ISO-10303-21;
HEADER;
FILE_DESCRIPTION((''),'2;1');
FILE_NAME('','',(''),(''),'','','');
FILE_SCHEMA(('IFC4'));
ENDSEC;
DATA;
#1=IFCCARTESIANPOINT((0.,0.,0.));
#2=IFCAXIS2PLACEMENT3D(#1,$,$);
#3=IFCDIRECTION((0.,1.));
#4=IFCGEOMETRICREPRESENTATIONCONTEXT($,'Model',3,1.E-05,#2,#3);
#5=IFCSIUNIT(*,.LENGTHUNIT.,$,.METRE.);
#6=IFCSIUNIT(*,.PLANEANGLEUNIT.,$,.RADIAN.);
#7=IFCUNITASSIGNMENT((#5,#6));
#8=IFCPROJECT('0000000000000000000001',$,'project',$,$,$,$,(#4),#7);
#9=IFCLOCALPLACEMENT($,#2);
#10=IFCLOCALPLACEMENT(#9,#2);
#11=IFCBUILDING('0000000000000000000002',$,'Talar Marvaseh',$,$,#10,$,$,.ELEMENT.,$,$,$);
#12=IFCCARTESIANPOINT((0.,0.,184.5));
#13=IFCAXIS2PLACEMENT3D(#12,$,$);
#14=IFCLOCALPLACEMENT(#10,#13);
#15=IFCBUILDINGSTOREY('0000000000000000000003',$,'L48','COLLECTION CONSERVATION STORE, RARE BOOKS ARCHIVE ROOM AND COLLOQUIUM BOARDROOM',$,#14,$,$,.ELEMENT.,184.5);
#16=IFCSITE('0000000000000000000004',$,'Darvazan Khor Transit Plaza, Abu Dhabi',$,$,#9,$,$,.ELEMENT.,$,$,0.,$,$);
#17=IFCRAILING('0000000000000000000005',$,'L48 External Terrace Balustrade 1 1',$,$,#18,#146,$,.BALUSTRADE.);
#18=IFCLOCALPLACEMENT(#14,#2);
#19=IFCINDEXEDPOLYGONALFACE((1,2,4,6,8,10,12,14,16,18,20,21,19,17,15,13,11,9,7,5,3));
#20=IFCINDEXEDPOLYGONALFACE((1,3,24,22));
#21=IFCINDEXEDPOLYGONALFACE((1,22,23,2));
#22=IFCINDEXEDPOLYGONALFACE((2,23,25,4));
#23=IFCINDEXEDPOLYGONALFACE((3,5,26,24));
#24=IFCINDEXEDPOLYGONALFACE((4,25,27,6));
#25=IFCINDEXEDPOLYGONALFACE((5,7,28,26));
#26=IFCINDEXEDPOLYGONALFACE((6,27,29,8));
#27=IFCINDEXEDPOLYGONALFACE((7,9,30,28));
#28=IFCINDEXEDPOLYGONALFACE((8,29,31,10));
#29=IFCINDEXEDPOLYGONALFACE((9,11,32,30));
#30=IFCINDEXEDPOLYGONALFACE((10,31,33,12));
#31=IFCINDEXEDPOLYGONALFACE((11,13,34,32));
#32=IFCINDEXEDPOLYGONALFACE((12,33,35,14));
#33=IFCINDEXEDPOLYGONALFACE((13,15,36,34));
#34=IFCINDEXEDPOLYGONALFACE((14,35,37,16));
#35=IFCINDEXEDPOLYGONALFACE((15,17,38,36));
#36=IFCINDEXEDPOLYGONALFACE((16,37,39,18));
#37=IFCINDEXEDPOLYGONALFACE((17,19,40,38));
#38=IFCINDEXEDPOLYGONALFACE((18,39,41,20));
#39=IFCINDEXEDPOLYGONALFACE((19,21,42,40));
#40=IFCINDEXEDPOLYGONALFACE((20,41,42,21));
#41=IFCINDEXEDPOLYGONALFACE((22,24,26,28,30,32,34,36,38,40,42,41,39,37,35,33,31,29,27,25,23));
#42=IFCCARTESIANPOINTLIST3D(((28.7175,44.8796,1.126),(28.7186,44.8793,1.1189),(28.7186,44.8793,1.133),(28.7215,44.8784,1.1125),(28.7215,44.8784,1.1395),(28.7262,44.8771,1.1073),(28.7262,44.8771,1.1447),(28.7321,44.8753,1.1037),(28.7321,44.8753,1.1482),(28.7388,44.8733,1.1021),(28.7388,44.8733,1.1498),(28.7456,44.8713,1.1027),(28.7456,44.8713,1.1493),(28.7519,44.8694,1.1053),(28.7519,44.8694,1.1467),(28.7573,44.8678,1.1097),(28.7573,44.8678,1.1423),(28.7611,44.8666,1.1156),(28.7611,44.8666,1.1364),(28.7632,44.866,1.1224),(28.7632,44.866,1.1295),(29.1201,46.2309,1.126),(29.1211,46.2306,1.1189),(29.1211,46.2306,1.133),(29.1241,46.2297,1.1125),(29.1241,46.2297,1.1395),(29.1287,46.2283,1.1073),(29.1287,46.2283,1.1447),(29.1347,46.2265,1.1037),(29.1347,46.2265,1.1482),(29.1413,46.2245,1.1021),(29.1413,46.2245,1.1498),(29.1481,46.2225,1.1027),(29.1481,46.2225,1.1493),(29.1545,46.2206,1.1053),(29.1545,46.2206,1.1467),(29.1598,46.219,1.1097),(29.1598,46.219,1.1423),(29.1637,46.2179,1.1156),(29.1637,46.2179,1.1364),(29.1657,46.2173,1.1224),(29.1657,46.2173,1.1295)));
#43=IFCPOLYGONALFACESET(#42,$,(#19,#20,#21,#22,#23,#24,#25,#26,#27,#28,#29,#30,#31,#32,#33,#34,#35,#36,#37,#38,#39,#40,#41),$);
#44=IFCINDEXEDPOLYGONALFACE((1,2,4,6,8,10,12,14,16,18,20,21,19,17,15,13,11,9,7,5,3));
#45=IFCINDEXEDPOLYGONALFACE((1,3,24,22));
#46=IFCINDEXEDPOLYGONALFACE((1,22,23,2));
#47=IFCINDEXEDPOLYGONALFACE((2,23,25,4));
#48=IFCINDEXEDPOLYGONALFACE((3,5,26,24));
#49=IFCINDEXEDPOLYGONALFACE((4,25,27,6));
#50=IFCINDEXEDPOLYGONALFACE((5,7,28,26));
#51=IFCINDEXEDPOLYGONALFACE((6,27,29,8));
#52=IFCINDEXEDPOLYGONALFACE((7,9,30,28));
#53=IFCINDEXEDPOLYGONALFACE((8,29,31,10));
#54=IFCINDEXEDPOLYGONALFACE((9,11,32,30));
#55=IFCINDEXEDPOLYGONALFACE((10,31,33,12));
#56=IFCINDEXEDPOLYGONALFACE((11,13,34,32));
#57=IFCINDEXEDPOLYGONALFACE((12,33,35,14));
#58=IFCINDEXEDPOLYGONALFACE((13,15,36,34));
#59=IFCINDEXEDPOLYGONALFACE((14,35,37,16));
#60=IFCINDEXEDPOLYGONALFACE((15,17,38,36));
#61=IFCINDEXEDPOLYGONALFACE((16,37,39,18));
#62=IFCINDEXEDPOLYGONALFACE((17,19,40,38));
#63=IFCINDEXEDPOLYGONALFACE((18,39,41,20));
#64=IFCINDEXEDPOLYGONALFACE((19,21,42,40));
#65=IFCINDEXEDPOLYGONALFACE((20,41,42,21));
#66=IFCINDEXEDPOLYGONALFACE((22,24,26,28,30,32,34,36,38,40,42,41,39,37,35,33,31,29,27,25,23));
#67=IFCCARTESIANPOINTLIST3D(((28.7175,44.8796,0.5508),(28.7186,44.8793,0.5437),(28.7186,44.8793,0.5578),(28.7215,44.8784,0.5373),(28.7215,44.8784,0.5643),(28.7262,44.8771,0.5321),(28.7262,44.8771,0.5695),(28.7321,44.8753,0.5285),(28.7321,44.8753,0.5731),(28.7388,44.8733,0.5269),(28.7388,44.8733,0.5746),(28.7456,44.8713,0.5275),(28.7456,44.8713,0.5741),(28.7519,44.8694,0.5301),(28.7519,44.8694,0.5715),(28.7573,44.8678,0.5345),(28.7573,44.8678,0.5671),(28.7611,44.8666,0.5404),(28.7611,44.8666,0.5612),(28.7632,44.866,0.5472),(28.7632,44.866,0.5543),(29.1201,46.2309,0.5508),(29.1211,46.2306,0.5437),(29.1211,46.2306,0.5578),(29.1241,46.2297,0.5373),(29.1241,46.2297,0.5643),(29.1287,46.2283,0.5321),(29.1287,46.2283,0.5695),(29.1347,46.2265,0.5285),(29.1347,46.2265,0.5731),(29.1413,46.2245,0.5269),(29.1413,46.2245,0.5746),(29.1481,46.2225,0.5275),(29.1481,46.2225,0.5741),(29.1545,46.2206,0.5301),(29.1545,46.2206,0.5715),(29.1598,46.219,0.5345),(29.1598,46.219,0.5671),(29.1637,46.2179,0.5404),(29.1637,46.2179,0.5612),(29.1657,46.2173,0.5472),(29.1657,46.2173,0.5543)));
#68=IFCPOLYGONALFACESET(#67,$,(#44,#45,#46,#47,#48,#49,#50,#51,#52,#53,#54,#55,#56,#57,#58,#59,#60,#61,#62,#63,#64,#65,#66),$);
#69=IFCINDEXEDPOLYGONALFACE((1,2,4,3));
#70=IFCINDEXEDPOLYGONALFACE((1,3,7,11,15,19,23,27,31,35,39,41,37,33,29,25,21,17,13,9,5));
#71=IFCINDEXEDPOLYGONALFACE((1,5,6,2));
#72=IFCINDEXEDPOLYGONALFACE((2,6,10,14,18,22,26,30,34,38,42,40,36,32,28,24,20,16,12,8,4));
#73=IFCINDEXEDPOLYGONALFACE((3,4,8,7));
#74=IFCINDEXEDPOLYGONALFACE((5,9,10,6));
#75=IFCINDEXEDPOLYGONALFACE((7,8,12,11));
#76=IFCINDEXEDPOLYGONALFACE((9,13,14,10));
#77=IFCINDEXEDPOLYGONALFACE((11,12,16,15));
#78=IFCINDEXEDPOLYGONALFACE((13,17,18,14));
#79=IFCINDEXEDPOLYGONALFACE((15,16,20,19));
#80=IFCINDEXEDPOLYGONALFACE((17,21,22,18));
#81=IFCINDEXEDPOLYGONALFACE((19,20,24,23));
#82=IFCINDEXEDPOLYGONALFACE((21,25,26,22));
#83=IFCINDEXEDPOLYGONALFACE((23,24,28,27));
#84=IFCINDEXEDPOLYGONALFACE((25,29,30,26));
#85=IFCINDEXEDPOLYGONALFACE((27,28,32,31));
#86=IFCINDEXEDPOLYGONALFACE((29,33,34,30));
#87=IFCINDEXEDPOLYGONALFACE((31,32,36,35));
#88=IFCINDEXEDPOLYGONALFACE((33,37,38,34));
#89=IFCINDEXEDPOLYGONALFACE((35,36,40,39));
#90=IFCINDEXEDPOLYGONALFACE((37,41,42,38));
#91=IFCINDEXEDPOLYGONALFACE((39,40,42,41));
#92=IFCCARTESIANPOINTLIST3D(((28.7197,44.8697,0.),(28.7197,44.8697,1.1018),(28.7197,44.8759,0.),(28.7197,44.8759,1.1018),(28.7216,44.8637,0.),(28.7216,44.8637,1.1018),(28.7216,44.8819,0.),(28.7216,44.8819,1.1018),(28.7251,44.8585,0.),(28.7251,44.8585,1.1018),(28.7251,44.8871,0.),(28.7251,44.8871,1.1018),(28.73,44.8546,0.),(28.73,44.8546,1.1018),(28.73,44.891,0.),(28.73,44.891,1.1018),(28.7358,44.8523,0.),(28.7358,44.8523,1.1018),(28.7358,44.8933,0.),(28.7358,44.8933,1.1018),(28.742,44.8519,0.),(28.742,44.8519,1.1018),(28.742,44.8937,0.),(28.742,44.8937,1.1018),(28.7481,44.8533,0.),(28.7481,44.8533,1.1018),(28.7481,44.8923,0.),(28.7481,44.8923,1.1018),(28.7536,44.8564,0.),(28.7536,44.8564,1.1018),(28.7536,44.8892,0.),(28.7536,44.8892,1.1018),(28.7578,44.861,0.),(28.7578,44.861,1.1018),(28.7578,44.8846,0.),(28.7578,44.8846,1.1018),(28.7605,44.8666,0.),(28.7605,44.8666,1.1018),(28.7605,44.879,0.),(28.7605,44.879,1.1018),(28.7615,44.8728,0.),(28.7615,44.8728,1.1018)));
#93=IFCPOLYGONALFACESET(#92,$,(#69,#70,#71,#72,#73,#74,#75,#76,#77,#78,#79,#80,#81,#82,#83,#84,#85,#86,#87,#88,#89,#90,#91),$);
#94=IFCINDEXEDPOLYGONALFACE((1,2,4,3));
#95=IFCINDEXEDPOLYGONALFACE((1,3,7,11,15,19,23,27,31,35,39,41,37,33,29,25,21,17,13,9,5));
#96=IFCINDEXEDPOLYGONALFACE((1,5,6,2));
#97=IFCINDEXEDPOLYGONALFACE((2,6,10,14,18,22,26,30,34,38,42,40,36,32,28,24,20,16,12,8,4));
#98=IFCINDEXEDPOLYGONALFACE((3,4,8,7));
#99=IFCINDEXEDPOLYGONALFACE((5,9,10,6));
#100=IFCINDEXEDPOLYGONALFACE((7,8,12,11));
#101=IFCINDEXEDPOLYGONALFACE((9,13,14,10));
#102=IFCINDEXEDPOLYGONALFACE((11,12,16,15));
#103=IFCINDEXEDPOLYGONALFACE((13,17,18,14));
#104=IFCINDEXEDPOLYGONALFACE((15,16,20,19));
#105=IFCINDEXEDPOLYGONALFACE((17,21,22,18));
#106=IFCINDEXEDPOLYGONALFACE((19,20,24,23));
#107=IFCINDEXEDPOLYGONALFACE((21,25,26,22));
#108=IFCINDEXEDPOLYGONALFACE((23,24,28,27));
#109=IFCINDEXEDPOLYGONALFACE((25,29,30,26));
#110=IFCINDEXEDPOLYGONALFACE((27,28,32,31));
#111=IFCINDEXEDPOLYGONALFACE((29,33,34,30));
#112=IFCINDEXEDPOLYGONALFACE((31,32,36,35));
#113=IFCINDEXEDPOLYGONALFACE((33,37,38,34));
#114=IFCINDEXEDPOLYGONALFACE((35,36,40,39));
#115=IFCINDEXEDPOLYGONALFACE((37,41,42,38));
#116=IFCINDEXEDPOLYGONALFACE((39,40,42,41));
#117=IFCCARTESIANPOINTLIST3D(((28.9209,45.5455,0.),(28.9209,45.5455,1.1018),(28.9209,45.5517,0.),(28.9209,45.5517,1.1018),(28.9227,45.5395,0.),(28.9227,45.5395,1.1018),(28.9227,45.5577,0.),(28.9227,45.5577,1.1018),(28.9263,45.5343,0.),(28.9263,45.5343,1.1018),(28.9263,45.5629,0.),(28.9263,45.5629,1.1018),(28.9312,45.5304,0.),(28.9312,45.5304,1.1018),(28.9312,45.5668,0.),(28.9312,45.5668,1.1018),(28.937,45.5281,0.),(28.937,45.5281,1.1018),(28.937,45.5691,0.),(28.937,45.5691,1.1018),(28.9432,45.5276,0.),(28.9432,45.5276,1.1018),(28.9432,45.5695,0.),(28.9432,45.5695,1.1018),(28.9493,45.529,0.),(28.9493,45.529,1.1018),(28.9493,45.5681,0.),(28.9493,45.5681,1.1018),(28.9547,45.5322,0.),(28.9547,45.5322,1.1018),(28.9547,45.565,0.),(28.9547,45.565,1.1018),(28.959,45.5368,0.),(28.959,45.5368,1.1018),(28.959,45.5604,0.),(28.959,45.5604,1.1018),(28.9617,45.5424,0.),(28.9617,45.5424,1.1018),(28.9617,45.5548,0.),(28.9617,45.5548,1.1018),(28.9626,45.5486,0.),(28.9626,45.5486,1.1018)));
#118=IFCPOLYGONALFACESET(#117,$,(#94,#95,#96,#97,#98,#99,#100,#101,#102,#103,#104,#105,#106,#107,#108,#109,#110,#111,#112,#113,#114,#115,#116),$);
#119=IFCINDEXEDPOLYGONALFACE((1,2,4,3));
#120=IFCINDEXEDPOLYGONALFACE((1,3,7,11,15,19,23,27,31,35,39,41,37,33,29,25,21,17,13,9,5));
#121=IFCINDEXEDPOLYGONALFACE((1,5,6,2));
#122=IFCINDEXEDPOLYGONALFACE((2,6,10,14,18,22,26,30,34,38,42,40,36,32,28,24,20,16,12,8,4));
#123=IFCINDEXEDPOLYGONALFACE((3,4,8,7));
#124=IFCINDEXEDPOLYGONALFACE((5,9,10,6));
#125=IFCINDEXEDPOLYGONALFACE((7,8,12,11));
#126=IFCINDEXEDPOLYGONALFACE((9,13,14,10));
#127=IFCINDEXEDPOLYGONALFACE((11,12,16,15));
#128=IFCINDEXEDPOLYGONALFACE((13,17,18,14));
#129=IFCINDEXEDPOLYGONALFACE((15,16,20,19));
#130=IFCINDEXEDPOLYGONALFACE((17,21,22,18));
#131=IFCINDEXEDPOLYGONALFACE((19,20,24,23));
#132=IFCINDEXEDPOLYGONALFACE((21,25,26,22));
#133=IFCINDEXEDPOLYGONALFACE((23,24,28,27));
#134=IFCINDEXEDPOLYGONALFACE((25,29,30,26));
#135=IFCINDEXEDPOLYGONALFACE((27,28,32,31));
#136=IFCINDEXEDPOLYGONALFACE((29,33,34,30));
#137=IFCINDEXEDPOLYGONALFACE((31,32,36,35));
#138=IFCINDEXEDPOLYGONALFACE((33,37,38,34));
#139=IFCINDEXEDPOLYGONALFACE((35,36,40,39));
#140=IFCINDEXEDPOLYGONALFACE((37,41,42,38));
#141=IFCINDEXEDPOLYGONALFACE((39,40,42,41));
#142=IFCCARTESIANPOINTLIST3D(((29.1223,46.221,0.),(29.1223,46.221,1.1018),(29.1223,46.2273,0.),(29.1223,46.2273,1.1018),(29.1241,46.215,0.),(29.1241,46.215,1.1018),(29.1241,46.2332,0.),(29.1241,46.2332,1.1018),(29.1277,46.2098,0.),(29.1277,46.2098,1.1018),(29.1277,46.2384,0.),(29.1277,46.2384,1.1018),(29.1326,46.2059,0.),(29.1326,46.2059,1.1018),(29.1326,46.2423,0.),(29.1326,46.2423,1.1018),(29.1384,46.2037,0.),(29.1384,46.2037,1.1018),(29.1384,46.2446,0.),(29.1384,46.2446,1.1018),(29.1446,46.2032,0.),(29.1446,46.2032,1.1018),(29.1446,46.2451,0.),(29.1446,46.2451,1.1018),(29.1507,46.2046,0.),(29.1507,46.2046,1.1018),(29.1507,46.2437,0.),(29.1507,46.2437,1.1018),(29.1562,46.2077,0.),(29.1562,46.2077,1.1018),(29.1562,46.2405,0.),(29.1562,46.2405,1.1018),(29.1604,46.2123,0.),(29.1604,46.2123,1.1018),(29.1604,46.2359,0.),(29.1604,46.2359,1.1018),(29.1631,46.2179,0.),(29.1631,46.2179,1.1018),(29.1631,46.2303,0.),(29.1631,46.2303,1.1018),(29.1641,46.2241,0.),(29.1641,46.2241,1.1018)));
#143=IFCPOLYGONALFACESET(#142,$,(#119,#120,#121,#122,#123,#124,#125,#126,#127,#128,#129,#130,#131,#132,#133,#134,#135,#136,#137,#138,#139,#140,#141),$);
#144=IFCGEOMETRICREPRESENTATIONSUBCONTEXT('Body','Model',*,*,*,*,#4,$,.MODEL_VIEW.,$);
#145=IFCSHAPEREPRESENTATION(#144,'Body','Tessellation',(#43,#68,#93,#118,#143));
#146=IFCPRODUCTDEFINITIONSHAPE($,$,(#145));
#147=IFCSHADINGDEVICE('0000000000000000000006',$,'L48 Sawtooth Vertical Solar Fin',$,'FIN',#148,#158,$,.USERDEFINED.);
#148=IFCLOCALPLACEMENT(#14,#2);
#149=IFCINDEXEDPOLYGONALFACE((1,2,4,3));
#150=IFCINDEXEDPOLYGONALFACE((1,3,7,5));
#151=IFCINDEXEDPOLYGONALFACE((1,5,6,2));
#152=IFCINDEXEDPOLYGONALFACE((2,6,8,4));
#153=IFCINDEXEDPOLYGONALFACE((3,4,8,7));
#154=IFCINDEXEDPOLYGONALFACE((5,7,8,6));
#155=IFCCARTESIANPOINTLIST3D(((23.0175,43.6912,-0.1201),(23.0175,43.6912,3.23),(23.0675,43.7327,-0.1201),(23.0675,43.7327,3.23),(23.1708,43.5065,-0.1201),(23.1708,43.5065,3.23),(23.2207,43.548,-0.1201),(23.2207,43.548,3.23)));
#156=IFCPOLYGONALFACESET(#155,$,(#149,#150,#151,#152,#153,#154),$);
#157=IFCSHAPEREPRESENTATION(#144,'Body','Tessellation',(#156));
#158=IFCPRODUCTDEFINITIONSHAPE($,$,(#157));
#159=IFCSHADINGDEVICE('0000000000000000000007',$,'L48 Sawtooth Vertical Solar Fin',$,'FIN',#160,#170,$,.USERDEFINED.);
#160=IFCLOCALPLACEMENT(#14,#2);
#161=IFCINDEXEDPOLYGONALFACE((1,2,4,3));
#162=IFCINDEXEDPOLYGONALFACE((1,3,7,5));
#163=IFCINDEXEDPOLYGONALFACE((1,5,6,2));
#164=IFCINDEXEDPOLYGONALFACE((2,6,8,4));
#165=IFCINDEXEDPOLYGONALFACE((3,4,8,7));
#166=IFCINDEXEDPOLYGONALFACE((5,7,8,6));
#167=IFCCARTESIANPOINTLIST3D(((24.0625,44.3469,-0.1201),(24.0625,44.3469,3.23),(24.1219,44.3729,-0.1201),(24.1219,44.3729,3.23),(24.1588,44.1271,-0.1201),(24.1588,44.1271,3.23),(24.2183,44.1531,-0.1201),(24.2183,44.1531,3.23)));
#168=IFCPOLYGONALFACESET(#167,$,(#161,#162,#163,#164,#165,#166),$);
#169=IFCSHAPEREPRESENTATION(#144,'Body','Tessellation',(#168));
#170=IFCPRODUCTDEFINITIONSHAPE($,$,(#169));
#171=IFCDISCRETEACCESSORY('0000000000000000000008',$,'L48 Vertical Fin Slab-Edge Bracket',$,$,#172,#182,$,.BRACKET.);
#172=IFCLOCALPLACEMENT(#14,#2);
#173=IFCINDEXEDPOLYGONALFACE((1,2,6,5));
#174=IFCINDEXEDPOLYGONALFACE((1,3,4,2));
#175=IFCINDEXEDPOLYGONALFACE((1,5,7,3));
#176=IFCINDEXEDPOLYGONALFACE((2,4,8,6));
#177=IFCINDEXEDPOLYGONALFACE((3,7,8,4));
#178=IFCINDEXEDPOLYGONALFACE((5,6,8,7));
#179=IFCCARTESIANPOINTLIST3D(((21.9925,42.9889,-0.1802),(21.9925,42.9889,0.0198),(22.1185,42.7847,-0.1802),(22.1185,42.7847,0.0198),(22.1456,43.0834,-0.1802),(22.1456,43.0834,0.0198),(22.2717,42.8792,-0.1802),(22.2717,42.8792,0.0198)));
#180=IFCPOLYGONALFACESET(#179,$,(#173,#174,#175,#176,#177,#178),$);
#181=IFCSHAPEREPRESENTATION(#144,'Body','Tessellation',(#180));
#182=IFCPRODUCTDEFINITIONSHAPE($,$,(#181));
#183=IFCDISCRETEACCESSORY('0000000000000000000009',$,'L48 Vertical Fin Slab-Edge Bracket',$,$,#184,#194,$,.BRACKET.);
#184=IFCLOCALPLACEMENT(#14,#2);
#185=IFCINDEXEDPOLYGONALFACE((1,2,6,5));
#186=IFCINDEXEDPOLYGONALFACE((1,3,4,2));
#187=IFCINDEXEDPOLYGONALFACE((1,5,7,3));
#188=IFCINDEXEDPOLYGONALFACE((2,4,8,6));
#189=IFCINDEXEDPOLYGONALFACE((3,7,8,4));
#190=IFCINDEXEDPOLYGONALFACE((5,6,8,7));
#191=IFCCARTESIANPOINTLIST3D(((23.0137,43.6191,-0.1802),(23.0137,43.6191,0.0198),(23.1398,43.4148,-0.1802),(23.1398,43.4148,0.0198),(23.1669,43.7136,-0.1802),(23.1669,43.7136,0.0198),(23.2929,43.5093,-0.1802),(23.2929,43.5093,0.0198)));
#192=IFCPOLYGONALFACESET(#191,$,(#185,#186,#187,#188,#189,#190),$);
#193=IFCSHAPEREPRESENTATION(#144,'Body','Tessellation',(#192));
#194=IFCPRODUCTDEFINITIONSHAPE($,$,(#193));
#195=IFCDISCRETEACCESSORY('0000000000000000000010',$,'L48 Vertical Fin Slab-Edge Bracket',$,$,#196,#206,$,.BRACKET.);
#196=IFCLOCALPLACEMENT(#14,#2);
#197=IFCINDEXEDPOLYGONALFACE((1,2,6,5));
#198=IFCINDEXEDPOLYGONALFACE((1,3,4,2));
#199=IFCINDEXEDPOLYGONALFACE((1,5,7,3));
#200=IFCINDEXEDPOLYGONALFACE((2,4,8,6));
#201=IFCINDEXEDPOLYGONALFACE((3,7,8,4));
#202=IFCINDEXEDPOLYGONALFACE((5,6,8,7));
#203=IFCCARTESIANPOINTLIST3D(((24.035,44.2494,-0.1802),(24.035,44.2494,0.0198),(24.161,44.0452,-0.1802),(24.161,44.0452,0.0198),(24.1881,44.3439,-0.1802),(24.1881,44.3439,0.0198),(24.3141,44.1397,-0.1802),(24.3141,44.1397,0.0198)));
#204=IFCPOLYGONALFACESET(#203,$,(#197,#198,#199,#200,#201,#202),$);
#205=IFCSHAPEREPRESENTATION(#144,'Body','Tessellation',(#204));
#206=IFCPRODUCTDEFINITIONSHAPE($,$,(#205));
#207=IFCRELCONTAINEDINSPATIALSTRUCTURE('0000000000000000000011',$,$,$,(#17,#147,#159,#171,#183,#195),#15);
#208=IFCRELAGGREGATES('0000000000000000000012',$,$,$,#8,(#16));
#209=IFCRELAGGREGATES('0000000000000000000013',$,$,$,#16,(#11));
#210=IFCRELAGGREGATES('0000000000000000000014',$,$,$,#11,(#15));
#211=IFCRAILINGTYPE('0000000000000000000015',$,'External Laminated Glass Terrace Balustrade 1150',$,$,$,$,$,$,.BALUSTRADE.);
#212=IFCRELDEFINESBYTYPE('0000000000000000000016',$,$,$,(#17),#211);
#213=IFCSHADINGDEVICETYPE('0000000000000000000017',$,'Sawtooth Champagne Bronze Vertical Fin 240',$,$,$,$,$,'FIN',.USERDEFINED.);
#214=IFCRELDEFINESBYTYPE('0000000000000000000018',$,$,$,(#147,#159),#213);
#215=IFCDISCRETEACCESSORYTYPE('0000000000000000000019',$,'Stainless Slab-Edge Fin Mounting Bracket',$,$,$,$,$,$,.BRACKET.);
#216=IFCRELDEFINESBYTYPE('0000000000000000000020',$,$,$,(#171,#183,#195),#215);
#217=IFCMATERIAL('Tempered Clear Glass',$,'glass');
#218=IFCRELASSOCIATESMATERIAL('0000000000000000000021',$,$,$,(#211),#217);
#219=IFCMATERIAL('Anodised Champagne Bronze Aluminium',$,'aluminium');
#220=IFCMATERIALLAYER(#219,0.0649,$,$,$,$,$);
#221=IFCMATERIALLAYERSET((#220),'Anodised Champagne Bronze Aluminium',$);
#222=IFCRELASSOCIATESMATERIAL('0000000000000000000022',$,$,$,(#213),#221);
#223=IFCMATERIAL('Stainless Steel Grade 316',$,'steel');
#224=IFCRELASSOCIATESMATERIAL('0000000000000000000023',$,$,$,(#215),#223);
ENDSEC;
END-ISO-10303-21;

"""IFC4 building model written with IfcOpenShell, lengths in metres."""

from ifc_helpers import new_model, si_unit, direction, frame, origin, origin_2d, place, context, subcontext, project, spatial, rectangle, circle, extrude, source, transform, mapped, material, layer, layer_set, type_object, type_shapes, element, save


model = new_model("IFC4")

# Units and contexts
model_context = context("Model", 3, precision=1e-05, world=origin(), true_north=direction((0.0, 1.0)))
body_context = subcontext(model_context, "Body", "Model", "MODEL_VIEW")
ifc_project = project(units=[si_unit("LENGTHUNIT", "METRE"), si_unit("PLANEANGLEUNIT", "RADIAN")], contexts=[model_context])

# Site, building, storey
site_placement = place(None, origin())
site = spatial("IfcSite", under=ifc_project, at=site_placement, Name="Darvazan Khor Transit Plaza, Abu Dhabi", CompositionType="ELEMENT", RefElevation=0.0)
building_placement = place(site_placement, origin())
building = spatial("IfcBuilding", under=site, at=building_placement, Name="Talar Marvaseh", CompositionType="ELEMENT")
storey_placement = place(building_placement, frame((0.0, 0.0, 184.5)))
storey = spatial("IfcBuildingStorey", under=building, at=storey_placement, Name="L48", Description="COLLECTION CONSERVATION STORE, RARE BOOKS ARCHIVE ROOM AND COLLOQUIUM BOARDROOM", CompositionType="ELEMENT", Elevation=184.5)

# Railing
ifc_material_1 = material(Name="Tempered Clear Glass", Category="glass")
railing_type = type_object("IfcRailingType", Name="External Laminated Glass Terrace Balustrade 1150", PredefinedType="BALUSTRADE", material=ifc_material_1)
railing_1_placement = place(storey_placement, frame((28.7405, 44.8728, 0.0)))
element("IfcRailing", 1, at=railing_1_placement, inside=storey, type_object=railing_type, Name="L48 External Terrace Balustrade 1 1", PredefinedType="BALUSTRADE", context=body_context, shape_type="SweptSolid", body=[
    extrude(circle(Radius=0.0239, at=origin_2d()), frame((0.0, 0.0, 1.126), z_axis=(0.285521, 0.958373, 0.0), x_axis=(-0.958373, 0.285521, 0.0)), (0.0, 0.0, 1.0), 1.4099),
    extrude(circle(Radius=0.0239, at=origin_2d()), frame((0.0, 0.0, 0.5508), z_axis=(0.285521, 0.958373, 0.0), x_axis=(-0.958373, 0.285521, 0.0)), (0.0, 0.0, 1.0), 1.4099),
    extrude(circle(Radius=0.021, at=origin_2d()), origin(), (0.0, 0.0, 1.0), 1.1018),
    extrude(circle(Radius=0.021, at=origin_2d()), frame((0.2012, 0.6758, 0.0)), (0.0, 0.0, 1.0), 1.1018),
    extrude(circle(Radius=0.021, at=origin_2d()), frame((0.4026, 1.3513, 0.0)), (0.0, 0.0, 1.0), 1.1018),
])

# Shading devices
ifc_material_2 = material(Name="Anodised Champagne Bronze Aluminium", Category="aluminium")
ifc_layer_1 = layer(ifc_material_2, 0.0649)
ifc_layer_set_1 = layer_set([ifc_layer_1], Name="Anodised Champagne Bronze Aluminium")
shading_device_type = type_object("IfcShadingDeviceType", Name="Sawtooth Champagne Bronze Vertical Fin 240", ElementType="FIN", PredefinedType="USERDEFINED", material=ifc_layer_set_1)
shared_shape_1 = source(origin(), body_context, "Body", "SweptSolid", [
    extrude(rectangle(XDim=0.24, YDim=0.0649, at=origin_2d()), origin(), (0.0, 0.0, 1.0), 3.3501),
])
type_shapes(shading_device_type, [shared_shape_1])
for number, where, z_axis, x_axis, name in (
    (2, (23.1191, 43.6196, -0.1201), (0.0, 0.0, 1.0), (-0.638499, 0.769622, 0.0), "L48 Sawtooth Vertical Solar Fin"),
    (3, (24.1404, 44.25, -0.1201), (0.0, 0.0, 1.0), (-0.401628, 0.915803, 0.0), "L48 Sawtooth Vertical Solar Fin"),
):
    element("IfcShadingDevice", number, at=place(storey_placement, frame(where, z_axis=z_axis, x_axis=x_axis)), inside=storey, type_object=shading_device_type, Name=name, ObjectType="FIN", PredefinedType="USERDEFINED", context=body_context, shape_type="MappedRepresentation", body=[
        mapped(shared_shape_1, transform((0.0, 0.0, 0.0), x_axis=(1.0, 0.0, 0.0), y_axis=(0.0, 1.0, 0.0), z_axis=(0.0, 0.0, 1.0), scale=1.0)),
    ])

# Discrete accessories
ifc_material_3 = material(Name="Stainless Steel Grade 316", Category="steel")
discrete_accessory_type = type_object("IfcDiscreteAccessoryType", Name="Stainless Slab-Edge Fin Mounting Bracket", PredefinedType="BRACKET", material=ifc_material_3)
shared_shape_2 = source(origin(), body_context, "Body", "SweptSolid", [
    extrude(rectangle(XDim=0.24, YDim=0.1799, at=origin_2d()), origin(), (0.0, 0.0, 1.0), 0.2),
])
type_shapes(discrete_accessory_type, [shared_shape_2])
for number, where, z_axis, x_axis, name in (
    (4, (22.1321, 42.9341, -0.1802), (0.0, 0.0, 1.0), (-0.525175, 0.850994, 0.0), "L48 Vertical Fin Slab-Edge Bracket"),
    (5, (23.1533, 43.5642, -0.1802), (0.0, 0.0, 1.0), (-0.525175, 0.850994, 0.0), "L48 Vertical Fin Slab-Edge Bracket"),
    (6, (24.1746, 44.1946, -0.1802), (0.0, 0.0, 1.0), (-0.525175, 0.850994, 0.0), "L48 Vertical Fin Slab-Edge Bracket"),
):
    element("IfcDiscreteAccessory", number, at=place(storey_placement, frame(where, z_axis=z_axis, x_axis=x_axis)), inside=storey, type_object=discrete_accessory_type, Name=name, PredefinedType="BRACKET", context=body_context, shape_type="MappedRepresentation", body=[
        mapped(shared_shape_2, transform((0.0, 0.0, 0.0), x_axis=(1.0, 0.0, 0.0), y_axis=(0.0, 1.0, 0.0), z_axis=(0.0, 0.0, 1.0), scale=1.0)),
    ])

save(model, "model.ifc")
